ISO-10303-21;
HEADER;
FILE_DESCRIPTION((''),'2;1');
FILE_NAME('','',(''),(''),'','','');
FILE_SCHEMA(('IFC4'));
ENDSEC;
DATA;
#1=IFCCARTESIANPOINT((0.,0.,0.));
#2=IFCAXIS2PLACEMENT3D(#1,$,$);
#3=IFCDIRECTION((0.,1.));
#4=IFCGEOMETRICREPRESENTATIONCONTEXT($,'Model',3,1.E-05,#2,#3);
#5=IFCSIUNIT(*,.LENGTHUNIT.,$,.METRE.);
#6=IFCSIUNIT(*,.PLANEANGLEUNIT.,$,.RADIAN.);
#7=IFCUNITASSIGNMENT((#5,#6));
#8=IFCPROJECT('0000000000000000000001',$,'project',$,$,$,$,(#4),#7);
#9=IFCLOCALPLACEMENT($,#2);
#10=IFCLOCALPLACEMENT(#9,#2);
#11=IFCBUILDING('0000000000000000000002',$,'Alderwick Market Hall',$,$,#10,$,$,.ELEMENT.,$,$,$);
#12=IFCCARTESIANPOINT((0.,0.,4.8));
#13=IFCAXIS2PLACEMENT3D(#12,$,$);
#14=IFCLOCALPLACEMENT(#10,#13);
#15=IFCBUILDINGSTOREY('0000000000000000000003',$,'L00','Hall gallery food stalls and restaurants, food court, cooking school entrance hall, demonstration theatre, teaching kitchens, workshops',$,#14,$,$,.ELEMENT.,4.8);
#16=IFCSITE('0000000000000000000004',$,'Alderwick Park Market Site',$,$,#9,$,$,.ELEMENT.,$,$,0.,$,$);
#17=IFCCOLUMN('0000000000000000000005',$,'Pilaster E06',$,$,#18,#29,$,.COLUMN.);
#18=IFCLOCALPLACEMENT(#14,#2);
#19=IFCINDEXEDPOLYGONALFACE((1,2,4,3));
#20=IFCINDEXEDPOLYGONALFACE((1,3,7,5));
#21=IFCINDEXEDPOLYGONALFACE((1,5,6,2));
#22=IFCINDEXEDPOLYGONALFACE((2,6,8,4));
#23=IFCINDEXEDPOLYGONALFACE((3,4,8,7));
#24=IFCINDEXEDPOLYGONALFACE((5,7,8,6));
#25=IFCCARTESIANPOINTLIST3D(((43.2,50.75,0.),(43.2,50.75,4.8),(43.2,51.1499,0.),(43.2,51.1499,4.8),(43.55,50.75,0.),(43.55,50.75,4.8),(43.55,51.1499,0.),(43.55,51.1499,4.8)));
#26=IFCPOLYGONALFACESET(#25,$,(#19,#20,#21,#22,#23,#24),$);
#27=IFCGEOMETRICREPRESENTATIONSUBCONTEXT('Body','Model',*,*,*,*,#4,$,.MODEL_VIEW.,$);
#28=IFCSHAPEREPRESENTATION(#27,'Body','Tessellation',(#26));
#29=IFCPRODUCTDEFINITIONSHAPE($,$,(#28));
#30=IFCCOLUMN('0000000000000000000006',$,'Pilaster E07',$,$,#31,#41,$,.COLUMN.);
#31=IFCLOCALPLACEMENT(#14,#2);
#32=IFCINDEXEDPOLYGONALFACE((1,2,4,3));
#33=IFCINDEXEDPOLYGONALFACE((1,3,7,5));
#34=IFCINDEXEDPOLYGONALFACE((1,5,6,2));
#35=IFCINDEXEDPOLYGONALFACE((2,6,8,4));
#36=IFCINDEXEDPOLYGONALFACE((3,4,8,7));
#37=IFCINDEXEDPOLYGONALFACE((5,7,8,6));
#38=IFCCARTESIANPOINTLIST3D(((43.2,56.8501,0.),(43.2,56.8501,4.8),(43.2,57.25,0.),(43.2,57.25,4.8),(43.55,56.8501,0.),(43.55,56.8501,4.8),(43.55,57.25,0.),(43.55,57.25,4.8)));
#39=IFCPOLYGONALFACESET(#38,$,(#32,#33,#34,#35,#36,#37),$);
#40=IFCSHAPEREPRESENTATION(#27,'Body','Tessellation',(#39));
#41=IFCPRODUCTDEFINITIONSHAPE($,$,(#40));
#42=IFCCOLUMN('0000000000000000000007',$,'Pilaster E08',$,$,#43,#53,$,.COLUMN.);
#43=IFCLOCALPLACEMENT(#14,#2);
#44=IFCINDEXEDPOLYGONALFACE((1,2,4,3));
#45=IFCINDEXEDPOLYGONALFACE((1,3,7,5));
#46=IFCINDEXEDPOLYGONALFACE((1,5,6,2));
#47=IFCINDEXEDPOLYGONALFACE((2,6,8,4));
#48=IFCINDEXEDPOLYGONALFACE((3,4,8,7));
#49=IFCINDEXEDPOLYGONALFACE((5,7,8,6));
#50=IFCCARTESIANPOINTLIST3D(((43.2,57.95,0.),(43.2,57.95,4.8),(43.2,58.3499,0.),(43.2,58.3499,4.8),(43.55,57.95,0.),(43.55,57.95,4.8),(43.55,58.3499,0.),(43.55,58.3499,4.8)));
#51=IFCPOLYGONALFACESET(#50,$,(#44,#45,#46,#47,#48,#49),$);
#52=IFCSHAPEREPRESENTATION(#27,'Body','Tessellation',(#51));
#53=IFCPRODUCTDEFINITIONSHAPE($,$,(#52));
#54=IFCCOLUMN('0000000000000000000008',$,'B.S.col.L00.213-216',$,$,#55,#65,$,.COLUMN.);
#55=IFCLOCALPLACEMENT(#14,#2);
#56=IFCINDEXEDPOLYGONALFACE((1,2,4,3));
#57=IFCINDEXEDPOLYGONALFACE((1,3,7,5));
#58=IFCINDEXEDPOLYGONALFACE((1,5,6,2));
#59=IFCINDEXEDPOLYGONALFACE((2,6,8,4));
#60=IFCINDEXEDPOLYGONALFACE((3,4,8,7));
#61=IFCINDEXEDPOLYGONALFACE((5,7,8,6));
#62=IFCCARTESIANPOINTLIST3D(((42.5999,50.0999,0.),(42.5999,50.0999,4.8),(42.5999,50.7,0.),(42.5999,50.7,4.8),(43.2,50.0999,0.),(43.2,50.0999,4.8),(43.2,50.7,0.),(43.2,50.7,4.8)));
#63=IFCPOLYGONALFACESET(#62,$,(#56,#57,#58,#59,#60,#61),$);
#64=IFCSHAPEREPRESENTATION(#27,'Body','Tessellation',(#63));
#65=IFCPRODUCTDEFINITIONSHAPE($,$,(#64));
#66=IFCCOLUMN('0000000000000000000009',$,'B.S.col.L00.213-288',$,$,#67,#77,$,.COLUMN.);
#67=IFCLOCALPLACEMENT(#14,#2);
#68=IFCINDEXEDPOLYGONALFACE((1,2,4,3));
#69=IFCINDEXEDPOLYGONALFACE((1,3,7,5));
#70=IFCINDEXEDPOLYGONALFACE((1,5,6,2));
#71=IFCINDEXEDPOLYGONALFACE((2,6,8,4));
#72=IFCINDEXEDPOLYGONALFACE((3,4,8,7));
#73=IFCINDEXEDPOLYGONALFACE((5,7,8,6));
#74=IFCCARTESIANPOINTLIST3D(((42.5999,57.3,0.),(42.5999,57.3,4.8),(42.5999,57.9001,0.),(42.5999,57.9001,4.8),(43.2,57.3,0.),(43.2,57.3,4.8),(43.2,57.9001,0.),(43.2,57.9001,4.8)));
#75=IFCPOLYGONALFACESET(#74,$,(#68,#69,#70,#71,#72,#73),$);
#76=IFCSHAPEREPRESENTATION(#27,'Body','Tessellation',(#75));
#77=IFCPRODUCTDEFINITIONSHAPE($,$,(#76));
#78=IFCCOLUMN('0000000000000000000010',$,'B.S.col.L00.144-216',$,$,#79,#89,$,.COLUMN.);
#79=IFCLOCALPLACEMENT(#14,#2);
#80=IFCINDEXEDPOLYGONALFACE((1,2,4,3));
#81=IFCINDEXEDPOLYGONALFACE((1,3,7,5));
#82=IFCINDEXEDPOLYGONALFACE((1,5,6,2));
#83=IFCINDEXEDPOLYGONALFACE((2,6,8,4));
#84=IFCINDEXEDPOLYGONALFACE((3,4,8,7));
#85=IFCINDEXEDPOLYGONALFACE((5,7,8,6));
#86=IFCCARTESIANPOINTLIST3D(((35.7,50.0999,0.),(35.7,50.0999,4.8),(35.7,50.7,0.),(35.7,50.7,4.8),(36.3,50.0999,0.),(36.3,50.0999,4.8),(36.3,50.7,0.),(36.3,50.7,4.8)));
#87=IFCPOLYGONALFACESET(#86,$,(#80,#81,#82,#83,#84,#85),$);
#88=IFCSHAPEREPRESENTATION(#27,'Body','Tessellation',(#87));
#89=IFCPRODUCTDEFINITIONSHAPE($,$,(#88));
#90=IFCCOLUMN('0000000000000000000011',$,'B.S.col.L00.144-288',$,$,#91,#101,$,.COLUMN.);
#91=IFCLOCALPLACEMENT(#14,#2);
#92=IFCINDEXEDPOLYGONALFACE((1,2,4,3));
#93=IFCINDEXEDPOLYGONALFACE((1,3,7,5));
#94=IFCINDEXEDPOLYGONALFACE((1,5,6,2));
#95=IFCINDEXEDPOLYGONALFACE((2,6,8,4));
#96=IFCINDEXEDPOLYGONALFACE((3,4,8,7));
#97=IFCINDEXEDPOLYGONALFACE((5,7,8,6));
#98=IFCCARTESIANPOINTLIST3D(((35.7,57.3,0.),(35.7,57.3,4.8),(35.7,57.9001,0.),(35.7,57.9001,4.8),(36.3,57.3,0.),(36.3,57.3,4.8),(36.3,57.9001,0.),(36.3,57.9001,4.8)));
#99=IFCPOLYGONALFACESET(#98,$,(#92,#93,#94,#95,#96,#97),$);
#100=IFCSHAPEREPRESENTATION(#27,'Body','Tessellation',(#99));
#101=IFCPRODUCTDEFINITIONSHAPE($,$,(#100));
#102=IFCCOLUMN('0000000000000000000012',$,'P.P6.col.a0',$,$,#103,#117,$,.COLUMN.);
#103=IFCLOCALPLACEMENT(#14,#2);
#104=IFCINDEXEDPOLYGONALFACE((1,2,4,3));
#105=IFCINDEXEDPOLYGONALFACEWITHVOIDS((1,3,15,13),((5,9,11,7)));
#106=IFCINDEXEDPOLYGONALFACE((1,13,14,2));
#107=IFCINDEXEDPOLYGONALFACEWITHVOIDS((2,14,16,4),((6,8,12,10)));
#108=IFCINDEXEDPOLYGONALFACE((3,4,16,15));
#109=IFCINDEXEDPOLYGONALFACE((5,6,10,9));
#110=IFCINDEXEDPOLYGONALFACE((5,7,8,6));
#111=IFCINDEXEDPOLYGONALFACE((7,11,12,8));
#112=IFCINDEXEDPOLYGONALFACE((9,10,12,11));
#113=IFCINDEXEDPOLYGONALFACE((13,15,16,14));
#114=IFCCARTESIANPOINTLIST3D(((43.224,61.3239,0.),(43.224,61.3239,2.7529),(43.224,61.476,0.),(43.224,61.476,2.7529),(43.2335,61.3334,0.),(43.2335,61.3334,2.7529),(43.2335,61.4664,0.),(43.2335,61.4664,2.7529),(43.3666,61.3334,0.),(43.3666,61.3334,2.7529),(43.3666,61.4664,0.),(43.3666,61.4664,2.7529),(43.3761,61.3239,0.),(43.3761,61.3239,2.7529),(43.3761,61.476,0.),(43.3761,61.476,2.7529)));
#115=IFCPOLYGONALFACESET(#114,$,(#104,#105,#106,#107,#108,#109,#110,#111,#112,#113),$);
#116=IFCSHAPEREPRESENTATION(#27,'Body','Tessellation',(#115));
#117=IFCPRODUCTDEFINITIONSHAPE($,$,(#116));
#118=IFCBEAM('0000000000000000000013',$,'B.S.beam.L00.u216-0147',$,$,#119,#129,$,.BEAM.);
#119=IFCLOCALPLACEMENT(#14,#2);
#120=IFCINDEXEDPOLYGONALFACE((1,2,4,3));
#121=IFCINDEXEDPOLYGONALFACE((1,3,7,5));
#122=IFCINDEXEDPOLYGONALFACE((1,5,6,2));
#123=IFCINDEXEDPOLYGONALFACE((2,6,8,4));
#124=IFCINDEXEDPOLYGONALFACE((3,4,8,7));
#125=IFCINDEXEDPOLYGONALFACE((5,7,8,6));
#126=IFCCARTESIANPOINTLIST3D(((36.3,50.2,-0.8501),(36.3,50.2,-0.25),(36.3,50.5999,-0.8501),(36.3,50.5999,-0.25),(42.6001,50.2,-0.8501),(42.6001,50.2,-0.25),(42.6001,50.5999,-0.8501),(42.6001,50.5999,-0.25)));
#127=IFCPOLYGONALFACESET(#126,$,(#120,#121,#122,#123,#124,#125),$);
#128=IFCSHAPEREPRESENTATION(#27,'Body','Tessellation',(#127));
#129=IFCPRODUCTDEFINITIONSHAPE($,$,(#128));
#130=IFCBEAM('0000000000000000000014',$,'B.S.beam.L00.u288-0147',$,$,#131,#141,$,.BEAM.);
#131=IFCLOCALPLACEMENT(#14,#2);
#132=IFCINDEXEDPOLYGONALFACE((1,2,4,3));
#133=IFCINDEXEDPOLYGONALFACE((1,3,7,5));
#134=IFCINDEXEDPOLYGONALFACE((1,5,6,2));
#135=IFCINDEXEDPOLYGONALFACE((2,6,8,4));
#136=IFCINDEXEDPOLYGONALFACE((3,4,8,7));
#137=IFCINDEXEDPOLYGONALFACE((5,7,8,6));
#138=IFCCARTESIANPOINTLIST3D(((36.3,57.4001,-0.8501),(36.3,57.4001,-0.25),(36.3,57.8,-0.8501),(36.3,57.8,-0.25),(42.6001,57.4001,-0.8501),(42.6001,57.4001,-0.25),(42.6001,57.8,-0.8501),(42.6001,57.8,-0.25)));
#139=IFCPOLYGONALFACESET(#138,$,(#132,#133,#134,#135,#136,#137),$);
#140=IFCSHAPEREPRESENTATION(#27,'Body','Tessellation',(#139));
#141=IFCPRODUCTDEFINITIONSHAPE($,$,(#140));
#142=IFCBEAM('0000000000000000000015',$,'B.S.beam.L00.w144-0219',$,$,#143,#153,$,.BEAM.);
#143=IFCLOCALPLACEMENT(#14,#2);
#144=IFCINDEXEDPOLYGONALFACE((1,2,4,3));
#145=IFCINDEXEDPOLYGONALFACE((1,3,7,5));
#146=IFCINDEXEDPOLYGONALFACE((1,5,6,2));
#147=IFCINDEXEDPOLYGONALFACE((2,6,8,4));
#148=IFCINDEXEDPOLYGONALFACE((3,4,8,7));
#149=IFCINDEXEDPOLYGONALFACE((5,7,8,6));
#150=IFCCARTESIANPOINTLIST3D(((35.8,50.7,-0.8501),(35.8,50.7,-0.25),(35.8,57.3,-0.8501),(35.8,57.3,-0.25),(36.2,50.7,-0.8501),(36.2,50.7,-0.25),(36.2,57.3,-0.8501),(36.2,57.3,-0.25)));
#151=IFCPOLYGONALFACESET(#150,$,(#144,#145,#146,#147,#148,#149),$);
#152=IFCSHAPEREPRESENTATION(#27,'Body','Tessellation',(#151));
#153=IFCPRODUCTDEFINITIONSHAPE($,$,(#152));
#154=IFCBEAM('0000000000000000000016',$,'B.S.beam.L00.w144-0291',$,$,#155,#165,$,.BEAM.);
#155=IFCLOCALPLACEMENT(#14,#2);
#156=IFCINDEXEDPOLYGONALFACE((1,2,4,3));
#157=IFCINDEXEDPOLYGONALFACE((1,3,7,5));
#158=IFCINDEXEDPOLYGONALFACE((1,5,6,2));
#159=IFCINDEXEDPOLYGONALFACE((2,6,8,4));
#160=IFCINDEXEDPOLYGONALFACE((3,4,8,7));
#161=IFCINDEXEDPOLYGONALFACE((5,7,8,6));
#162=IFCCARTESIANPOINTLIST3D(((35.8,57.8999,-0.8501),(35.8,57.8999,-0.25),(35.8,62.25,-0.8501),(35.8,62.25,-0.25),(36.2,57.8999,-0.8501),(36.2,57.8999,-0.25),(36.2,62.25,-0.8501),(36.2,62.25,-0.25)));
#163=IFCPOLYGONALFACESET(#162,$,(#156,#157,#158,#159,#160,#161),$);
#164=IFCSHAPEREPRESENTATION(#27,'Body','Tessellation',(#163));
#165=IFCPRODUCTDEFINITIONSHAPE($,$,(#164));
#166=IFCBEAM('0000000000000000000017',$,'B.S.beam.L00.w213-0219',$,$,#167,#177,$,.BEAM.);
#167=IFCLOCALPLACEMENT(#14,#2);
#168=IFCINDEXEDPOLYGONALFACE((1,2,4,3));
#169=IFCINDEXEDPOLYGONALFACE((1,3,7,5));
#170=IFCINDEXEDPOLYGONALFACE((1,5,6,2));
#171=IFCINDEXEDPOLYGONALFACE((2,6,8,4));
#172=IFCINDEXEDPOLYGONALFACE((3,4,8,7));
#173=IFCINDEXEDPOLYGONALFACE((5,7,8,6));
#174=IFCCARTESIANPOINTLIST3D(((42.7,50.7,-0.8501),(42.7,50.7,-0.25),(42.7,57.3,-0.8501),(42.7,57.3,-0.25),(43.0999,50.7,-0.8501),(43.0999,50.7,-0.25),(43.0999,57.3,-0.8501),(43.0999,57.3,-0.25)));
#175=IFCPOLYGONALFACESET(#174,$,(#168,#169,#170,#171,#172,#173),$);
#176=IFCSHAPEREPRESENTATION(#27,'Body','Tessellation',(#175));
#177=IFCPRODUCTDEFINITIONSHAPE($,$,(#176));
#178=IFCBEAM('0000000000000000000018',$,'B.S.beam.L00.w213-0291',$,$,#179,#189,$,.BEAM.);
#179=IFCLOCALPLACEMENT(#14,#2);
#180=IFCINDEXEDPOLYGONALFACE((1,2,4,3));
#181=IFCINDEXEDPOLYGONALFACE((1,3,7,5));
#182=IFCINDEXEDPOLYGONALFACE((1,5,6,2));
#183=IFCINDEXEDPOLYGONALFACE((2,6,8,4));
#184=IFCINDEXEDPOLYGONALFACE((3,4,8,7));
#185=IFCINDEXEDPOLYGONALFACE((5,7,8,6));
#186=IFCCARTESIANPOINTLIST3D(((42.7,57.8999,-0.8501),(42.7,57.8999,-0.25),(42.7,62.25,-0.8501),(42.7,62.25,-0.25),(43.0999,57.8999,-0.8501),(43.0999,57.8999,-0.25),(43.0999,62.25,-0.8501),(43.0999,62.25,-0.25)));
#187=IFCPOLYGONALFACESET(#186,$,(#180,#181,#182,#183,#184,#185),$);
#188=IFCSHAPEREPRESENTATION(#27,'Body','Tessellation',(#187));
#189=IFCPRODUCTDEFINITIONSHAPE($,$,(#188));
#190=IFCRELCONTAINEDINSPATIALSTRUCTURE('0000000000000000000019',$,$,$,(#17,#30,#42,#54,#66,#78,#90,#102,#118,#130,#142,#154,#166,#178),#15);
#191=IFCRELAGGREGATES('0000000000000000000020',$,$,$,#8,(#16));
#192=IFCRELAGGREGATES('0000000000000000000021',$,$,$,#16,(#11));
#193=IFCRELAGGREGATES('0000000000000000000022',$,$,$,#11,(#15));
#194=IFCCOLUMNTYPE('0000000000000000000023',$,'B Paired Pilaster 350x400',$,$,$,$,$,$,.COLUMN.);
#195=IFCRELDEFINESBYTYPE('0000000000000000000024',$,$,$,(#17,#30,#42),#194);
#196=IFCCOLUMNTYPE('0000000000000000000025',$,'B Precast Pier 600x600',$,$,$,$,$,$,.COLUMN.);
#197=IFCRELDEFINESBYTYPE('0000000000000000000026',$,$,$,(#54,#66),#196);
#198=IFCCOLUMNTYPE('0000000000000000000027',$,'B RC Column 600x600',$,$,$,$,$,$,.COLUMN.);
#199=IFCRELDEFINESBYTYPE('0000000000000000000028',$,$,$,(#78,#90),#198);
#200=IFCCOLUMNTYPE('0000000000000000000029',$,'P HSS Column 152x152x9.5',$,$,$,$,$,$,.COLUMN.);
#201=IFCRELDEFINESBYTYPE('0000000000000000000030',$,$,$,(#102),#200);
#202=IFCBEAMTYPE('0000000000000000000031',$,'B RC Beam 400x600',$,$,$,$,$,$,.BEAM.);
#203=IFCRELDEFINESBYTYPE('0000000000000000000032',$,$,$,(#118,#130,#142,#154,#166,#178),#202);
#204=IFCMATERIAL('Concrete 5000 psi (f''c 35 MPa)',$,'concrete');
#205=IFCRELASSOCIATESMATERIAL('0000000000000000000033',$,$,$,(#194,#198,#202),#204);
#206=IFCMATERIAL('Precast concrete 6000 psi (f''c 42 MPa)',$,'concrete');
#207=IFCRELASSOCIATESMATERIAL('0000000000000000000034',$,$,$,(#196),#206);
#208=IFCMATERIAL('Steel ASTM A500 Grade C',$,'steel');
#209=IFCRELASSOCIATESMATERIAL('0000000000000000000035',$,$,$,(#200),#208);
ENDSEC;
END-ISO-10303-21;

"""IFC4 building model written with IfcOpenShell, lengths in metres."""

from ifc_helpers import new_model, si_unit, direction, frame, origin, origin_2d, place, context, subcontext, project, spatial, rectangle, hollow_rectangle, extrude, material, material_profile, profile_set, type_object, element, save


model = new_model("IFC4")

# Units and contexts
model_context = context("Model", 3, precision=1e-05, world=origin(), true_north=direction((0.0, 1.0)))
body_context = subcontext(model_context, "Body", "Model", "MODEL_VIEW")
ifc_project = project(units=[si_unit("LENGTHUNIT", "METRE"), si_unit("PLANEANGLEUNIT", "RADIAN")], contexts=[model_context])

# Site, building, storey
site_placement = place(None, origin())
site = spatial("IfcSite", under=ifc_project, at=site_placement, Name="Alderwick Park Market Site", CompositionType="ELEMENT", RefElevation=0.0)
building_placement = place(site_placement, origin())
building = spatial("IfcBuilding", under=site, at=building_placement, Name="Alderwick Market Hall", CompositionType="ELEMENT")
storey_placement = place(building_placement, frame((0.0, 0.0, 4.8)))
storey = spatial("IfcBuildingStorey", under=building, at=storey_placement, Name="L00", Description="Hall gallery food stalls and restaurants, food court, cooking school entrance hall, demonstration theatre, teaching kitchens, workshops", CompositionType="ELEMENT", Elevation=4.8)

# Columns
ifc_material_1 = material(Name="Concrete 5000 psi (f'c 35 MPa)", Category="concrete")
ifc_material_profile_1 = material_profile(ifc_material_1, rectangle(XDim=0.3501, YDim=0.3999, at=origin_2d()), Name="B Paired Pilaster 350x400")
ifc_profile_set_1 = profile_set([ifc_material_profile_1], Name="Concrete 5000 psi (f'c 35 MPa)")
column_type_1 = type_object("IfcColumnType", Name="B Paired Pilaster 350x400", PredefinedType="COLUMN", material=ifc_profile_set_1)
for number, where, z_axis, x_axis, name in (
    (1, (43.375, 50.95, 0.0), (0.0, 0.0, 1.0), (1.0, 0.0, 0.0), "Pilaster E06"),
    (2, (43.375, 57.05, 0.0), (0.0, 0.0, 1.0), (1.0, 0.0, 0.0), "Pilaster E07"),
    (3, (43.375, 58.1499, 0.0), (0.0, 0.0, 1.0), (1.0, 0.0, 0.0), "Pilaster E08"),
):
    element("IfcColumn", number, at=place(storey_placement, frame(where, z_axis=z_axis, x_axis=x_axis)), inside=storey, type_object=column_type_1, Name=name, PredefinedType="COLUMN", context=body_context, shape_type="SweptSolid", body=[
        extrude(rectangle(XDim=0.3501, YDim=0.3999, at=origin_2d()), origin(), (0.0, 0.0, 1.0), 4.8),
    ])
ifc_material_2 = material(Name="Precast concrete 6000 psi (f'c 42 MPa)", Category="concrete")
ifc_material_profile_2 = material_profile(ifc_material_2, rectangle(XDim=0.6001, YDim=0.6001, at=origin_2d()), Name="B Precast Pier 600x600")
ifc_profile_set_2 = profile_set([ifc_material_profile_2], Name="Precast concrete 6000 psi (f'c 42 MPa)")
column_type_2 = type_object("IfcColumnType", Name="B Precast Pier 600x600", PredefinedType="COLUMN", material=ifc_profile_set_2)
for number, where, z_axis, x_axis, name in (
    (4, (42.8999, 50.3999, 0.0), (0.0, 0.0, 1.0), (1.0, 0.0, 0.0), "B.S.col.L00.213-216"),
    (5, (42.8999, 57.6001, 0.0), (0.0, 0.0, 1.0), (1.0, 0.0, 0.0), "B.S.col.L00.213-288"),
):
    element("IfcColumn", number, at=place(storey_placement, frame(where, z_axis=z_axis, x_axis=x_axis)), inside=storey, type_object=column_type_2, Name=name, PredefinedType="COLUMN", context=body_context, shape_type="SweptSolid", body=[
        extrude(rectangle(XDim=0.6001, YDim=0.6001, at=origin_2d()), origin(), (0.0, 0.0, 1.0), 4.8),
    ])
ifc_material_profile_3 = material_profile(ifc_material_1, rectangle(XDim=0.6001, YDim=0.6001, at=origin_2d()), Name="B RC Column 600x600")
ifc_profile_set_3 = profile_set([ifc_material_profile_3], Name="Concrete 5000 psi (f'c 35 MPa)")
column_type_3 = type_object("IfcColumnType", Name="B RC Column 600x600", PredefinedType="COLUMN", material=ifc_profile_set_3)
for number, where, z_axis, x_axis, name in (
    (6, (36.0, 50.3999, 0.0), (0.0, 0.0, 1.0), (1.0, 0.0, 0.0), "B.S.col.L00.144-216"),
    (7, (36.0, 57.6001, 0.0), (0.0, 0.0, 1.0), (1.0, 0.0, 0.0), "B.S.col.L00.144-288"),
):
    element("IfcColumn", number, at=place(storey_placement, frame(where, z_axis=z_axis, x_axis=x_axis)), inside=storey, type_object=column_type_3, Name=name, PredefinedType="COLUMN", context=body_context, shape_type="SweptSolid", body=[
        extrude(rectangle(XDim=0.6001, YDim=0.6001, at=origin_2d()), origin(), (0.0, 0.0, 1.0), 4.8),
    ])
ifc_material_3 = material(Name="Steel ASTM A500 Grade C", Category="steel")
ifc_material_profile_4 = material_profile(ifc_material_3, hollow_rectangle(XDim=0.1521, YDim=0.1521, WallThickness=0.0095, at=origin_2d()), Name="HSS152x152x9.5")
ifc_profile_set_4 = profile_set([ifc_material_profile_4], Name="Steel ASTM A500 Grade C")
column_type_4 = type_object("IfcColumnType", Name="P HSS Column 152x152x9.5", PredefinedType="COLUMN", material=ifc_profile_set_4)
column_placement = place(storey_placement, frame((43.3, 61.3999, 0.0), z_axis=(0.0, 0.0, 1.0), x_axis=(1.0, 0.0, 0.0)))
element("IfcColumn", 8, at=column_placement, inside=storey, type_object=column_type_4, Name="P.P6.col.a0", PredefinedType="COLUMN", context=body_context, shape_type="SweptSolid", body=[
    extrude(hollow_rectangle(XDim=0.1521, YDim=0.1521, WallThickness=0.0095, at=origin_2d()), origin(), (0.0, 0.0, 1.0), 2.7529),
])

# Beams
ifc_material_profile_5 = material_profile(ifc_material_1, rectangle(XDim=0.3999, YDim=0.6001, at=origin_2d()), Name="B RC Beam 400x600")
ifc_profile_set_5 = profile_set([ifc_material_profile_5], Name="Concrete 5000 psi (f'c 35 MPa)")
beam_type_1 = type_object("IfcBeamType", Name="B RC Beam 400x600", PredefinedType="BEAM", material=ifc_profile_set_5)
for number, where, z_axis, x_axis, name in (
    (9, (36.3, 50.3999, -0.55), (1.0, 0.0, 0.0), (0.0, 1.0, 0.0), "B.S.beam.L00.u216-0147"),
    (10, (36.3, 57.6001, -0.55), (1.0, 0.0, 0.0), (0.0, 1.0, 0.0), "B.S.beam.L00.u288-0147"),
):
    element("IfcBeam", number, at=place(storey_placement, frame(where, z_axis=z_axis, x_axis=x_axis)), inside=storey, type_object=beam_type_1, Name=name, PredefinedType="BEAM", context=body_context, shape_type="SweptSolid", body=[
        extrude(rectangle(XDim=0.3999, YDim=0.6001, at=origin_2d()), origin(), (0.0, 0.0, 1.0), 6.3),
    ])
beam_1_placement = place(storey_placement, frame((36.0, 50.7, -0.55), z_axis=(0.0, 1.0, 0.0), x_axis=(-1.0, 0.0, 0.0)))
element("IfcBeam", 11, at=beam_1_placement, inside=storey, type_object=beam_type_1, Name="B.S.beam.L00.w144-0219", PredefinedType="BEAM", context=body_context, shape_type="SweptSolid", body=[
    extrude(rectangle(XDim=0.3999, YDim=0.6001, at=origin_2d()), origin(), (0.0, 0.0, 1.0), 6.6001),
])
beam_2_placement = place(storey_placement, frame((36.0, 57.8999, -0.55), z_axis=(0.0, 1.0, 0.0), x_axis=(-1.0, 0.0, 0.0)))
element("IfcBeam", 12, at=beam_2_placement, inside=storey, type_object=beam_type_1, Name="B.S.beam.L00.w144-0291", PredefinedType="BEAM", context=body_context, shape_type="SweptSolid", body=[
    extrude(rectangle(XDim=0.3999, YDim=0.6001, at=origin_2d()), origin(), (0.0, 0.0, 1.0), 4.3501),
])
beam_3_placement = place(storey_placement, frame((42.8999, 50.7, -0.55), z_axis=(0.0, 1.0, 0.0), x_axis=(-1.0, 0.0, 0.0)))
element("IfcBeam", 13, at=beam_3_placement, inside=storey, type_object=beam_type_1, Name="B.S.beam.L00.w213-0219", PredefinedType="BEAM", context=body_context, shape_type="SweptSolid", body=[
    extrude(rectangle(XDim=0.3999, YDim=0.6001, at=origin_2d()), origin(), (0.0, 0.0, 1.0), 6.6001),
])
beam_4_placement = place(storey_placement, frame((42.8999, 57.8999, -0.55), z_axis=(0.0, 1.0, 0.0), x_axis=(-1.0, 0.0, 0.0)))
element("IfcBeam", 14, at=beam_4_placement, inside=storey, type_object=beam_type_1, Name="B.S.beam.L00.w213-0291", PredefinedType="BEAM", context=body_context, shape_type="SweptSolid", body=[
    extrude(rectangle(XDim=0.3999, YDim=0.6001, at=origin_2d()), origin(), (0.0, 0.0, 1.0), 4.3501),
])

save(model, "model.ifc")
